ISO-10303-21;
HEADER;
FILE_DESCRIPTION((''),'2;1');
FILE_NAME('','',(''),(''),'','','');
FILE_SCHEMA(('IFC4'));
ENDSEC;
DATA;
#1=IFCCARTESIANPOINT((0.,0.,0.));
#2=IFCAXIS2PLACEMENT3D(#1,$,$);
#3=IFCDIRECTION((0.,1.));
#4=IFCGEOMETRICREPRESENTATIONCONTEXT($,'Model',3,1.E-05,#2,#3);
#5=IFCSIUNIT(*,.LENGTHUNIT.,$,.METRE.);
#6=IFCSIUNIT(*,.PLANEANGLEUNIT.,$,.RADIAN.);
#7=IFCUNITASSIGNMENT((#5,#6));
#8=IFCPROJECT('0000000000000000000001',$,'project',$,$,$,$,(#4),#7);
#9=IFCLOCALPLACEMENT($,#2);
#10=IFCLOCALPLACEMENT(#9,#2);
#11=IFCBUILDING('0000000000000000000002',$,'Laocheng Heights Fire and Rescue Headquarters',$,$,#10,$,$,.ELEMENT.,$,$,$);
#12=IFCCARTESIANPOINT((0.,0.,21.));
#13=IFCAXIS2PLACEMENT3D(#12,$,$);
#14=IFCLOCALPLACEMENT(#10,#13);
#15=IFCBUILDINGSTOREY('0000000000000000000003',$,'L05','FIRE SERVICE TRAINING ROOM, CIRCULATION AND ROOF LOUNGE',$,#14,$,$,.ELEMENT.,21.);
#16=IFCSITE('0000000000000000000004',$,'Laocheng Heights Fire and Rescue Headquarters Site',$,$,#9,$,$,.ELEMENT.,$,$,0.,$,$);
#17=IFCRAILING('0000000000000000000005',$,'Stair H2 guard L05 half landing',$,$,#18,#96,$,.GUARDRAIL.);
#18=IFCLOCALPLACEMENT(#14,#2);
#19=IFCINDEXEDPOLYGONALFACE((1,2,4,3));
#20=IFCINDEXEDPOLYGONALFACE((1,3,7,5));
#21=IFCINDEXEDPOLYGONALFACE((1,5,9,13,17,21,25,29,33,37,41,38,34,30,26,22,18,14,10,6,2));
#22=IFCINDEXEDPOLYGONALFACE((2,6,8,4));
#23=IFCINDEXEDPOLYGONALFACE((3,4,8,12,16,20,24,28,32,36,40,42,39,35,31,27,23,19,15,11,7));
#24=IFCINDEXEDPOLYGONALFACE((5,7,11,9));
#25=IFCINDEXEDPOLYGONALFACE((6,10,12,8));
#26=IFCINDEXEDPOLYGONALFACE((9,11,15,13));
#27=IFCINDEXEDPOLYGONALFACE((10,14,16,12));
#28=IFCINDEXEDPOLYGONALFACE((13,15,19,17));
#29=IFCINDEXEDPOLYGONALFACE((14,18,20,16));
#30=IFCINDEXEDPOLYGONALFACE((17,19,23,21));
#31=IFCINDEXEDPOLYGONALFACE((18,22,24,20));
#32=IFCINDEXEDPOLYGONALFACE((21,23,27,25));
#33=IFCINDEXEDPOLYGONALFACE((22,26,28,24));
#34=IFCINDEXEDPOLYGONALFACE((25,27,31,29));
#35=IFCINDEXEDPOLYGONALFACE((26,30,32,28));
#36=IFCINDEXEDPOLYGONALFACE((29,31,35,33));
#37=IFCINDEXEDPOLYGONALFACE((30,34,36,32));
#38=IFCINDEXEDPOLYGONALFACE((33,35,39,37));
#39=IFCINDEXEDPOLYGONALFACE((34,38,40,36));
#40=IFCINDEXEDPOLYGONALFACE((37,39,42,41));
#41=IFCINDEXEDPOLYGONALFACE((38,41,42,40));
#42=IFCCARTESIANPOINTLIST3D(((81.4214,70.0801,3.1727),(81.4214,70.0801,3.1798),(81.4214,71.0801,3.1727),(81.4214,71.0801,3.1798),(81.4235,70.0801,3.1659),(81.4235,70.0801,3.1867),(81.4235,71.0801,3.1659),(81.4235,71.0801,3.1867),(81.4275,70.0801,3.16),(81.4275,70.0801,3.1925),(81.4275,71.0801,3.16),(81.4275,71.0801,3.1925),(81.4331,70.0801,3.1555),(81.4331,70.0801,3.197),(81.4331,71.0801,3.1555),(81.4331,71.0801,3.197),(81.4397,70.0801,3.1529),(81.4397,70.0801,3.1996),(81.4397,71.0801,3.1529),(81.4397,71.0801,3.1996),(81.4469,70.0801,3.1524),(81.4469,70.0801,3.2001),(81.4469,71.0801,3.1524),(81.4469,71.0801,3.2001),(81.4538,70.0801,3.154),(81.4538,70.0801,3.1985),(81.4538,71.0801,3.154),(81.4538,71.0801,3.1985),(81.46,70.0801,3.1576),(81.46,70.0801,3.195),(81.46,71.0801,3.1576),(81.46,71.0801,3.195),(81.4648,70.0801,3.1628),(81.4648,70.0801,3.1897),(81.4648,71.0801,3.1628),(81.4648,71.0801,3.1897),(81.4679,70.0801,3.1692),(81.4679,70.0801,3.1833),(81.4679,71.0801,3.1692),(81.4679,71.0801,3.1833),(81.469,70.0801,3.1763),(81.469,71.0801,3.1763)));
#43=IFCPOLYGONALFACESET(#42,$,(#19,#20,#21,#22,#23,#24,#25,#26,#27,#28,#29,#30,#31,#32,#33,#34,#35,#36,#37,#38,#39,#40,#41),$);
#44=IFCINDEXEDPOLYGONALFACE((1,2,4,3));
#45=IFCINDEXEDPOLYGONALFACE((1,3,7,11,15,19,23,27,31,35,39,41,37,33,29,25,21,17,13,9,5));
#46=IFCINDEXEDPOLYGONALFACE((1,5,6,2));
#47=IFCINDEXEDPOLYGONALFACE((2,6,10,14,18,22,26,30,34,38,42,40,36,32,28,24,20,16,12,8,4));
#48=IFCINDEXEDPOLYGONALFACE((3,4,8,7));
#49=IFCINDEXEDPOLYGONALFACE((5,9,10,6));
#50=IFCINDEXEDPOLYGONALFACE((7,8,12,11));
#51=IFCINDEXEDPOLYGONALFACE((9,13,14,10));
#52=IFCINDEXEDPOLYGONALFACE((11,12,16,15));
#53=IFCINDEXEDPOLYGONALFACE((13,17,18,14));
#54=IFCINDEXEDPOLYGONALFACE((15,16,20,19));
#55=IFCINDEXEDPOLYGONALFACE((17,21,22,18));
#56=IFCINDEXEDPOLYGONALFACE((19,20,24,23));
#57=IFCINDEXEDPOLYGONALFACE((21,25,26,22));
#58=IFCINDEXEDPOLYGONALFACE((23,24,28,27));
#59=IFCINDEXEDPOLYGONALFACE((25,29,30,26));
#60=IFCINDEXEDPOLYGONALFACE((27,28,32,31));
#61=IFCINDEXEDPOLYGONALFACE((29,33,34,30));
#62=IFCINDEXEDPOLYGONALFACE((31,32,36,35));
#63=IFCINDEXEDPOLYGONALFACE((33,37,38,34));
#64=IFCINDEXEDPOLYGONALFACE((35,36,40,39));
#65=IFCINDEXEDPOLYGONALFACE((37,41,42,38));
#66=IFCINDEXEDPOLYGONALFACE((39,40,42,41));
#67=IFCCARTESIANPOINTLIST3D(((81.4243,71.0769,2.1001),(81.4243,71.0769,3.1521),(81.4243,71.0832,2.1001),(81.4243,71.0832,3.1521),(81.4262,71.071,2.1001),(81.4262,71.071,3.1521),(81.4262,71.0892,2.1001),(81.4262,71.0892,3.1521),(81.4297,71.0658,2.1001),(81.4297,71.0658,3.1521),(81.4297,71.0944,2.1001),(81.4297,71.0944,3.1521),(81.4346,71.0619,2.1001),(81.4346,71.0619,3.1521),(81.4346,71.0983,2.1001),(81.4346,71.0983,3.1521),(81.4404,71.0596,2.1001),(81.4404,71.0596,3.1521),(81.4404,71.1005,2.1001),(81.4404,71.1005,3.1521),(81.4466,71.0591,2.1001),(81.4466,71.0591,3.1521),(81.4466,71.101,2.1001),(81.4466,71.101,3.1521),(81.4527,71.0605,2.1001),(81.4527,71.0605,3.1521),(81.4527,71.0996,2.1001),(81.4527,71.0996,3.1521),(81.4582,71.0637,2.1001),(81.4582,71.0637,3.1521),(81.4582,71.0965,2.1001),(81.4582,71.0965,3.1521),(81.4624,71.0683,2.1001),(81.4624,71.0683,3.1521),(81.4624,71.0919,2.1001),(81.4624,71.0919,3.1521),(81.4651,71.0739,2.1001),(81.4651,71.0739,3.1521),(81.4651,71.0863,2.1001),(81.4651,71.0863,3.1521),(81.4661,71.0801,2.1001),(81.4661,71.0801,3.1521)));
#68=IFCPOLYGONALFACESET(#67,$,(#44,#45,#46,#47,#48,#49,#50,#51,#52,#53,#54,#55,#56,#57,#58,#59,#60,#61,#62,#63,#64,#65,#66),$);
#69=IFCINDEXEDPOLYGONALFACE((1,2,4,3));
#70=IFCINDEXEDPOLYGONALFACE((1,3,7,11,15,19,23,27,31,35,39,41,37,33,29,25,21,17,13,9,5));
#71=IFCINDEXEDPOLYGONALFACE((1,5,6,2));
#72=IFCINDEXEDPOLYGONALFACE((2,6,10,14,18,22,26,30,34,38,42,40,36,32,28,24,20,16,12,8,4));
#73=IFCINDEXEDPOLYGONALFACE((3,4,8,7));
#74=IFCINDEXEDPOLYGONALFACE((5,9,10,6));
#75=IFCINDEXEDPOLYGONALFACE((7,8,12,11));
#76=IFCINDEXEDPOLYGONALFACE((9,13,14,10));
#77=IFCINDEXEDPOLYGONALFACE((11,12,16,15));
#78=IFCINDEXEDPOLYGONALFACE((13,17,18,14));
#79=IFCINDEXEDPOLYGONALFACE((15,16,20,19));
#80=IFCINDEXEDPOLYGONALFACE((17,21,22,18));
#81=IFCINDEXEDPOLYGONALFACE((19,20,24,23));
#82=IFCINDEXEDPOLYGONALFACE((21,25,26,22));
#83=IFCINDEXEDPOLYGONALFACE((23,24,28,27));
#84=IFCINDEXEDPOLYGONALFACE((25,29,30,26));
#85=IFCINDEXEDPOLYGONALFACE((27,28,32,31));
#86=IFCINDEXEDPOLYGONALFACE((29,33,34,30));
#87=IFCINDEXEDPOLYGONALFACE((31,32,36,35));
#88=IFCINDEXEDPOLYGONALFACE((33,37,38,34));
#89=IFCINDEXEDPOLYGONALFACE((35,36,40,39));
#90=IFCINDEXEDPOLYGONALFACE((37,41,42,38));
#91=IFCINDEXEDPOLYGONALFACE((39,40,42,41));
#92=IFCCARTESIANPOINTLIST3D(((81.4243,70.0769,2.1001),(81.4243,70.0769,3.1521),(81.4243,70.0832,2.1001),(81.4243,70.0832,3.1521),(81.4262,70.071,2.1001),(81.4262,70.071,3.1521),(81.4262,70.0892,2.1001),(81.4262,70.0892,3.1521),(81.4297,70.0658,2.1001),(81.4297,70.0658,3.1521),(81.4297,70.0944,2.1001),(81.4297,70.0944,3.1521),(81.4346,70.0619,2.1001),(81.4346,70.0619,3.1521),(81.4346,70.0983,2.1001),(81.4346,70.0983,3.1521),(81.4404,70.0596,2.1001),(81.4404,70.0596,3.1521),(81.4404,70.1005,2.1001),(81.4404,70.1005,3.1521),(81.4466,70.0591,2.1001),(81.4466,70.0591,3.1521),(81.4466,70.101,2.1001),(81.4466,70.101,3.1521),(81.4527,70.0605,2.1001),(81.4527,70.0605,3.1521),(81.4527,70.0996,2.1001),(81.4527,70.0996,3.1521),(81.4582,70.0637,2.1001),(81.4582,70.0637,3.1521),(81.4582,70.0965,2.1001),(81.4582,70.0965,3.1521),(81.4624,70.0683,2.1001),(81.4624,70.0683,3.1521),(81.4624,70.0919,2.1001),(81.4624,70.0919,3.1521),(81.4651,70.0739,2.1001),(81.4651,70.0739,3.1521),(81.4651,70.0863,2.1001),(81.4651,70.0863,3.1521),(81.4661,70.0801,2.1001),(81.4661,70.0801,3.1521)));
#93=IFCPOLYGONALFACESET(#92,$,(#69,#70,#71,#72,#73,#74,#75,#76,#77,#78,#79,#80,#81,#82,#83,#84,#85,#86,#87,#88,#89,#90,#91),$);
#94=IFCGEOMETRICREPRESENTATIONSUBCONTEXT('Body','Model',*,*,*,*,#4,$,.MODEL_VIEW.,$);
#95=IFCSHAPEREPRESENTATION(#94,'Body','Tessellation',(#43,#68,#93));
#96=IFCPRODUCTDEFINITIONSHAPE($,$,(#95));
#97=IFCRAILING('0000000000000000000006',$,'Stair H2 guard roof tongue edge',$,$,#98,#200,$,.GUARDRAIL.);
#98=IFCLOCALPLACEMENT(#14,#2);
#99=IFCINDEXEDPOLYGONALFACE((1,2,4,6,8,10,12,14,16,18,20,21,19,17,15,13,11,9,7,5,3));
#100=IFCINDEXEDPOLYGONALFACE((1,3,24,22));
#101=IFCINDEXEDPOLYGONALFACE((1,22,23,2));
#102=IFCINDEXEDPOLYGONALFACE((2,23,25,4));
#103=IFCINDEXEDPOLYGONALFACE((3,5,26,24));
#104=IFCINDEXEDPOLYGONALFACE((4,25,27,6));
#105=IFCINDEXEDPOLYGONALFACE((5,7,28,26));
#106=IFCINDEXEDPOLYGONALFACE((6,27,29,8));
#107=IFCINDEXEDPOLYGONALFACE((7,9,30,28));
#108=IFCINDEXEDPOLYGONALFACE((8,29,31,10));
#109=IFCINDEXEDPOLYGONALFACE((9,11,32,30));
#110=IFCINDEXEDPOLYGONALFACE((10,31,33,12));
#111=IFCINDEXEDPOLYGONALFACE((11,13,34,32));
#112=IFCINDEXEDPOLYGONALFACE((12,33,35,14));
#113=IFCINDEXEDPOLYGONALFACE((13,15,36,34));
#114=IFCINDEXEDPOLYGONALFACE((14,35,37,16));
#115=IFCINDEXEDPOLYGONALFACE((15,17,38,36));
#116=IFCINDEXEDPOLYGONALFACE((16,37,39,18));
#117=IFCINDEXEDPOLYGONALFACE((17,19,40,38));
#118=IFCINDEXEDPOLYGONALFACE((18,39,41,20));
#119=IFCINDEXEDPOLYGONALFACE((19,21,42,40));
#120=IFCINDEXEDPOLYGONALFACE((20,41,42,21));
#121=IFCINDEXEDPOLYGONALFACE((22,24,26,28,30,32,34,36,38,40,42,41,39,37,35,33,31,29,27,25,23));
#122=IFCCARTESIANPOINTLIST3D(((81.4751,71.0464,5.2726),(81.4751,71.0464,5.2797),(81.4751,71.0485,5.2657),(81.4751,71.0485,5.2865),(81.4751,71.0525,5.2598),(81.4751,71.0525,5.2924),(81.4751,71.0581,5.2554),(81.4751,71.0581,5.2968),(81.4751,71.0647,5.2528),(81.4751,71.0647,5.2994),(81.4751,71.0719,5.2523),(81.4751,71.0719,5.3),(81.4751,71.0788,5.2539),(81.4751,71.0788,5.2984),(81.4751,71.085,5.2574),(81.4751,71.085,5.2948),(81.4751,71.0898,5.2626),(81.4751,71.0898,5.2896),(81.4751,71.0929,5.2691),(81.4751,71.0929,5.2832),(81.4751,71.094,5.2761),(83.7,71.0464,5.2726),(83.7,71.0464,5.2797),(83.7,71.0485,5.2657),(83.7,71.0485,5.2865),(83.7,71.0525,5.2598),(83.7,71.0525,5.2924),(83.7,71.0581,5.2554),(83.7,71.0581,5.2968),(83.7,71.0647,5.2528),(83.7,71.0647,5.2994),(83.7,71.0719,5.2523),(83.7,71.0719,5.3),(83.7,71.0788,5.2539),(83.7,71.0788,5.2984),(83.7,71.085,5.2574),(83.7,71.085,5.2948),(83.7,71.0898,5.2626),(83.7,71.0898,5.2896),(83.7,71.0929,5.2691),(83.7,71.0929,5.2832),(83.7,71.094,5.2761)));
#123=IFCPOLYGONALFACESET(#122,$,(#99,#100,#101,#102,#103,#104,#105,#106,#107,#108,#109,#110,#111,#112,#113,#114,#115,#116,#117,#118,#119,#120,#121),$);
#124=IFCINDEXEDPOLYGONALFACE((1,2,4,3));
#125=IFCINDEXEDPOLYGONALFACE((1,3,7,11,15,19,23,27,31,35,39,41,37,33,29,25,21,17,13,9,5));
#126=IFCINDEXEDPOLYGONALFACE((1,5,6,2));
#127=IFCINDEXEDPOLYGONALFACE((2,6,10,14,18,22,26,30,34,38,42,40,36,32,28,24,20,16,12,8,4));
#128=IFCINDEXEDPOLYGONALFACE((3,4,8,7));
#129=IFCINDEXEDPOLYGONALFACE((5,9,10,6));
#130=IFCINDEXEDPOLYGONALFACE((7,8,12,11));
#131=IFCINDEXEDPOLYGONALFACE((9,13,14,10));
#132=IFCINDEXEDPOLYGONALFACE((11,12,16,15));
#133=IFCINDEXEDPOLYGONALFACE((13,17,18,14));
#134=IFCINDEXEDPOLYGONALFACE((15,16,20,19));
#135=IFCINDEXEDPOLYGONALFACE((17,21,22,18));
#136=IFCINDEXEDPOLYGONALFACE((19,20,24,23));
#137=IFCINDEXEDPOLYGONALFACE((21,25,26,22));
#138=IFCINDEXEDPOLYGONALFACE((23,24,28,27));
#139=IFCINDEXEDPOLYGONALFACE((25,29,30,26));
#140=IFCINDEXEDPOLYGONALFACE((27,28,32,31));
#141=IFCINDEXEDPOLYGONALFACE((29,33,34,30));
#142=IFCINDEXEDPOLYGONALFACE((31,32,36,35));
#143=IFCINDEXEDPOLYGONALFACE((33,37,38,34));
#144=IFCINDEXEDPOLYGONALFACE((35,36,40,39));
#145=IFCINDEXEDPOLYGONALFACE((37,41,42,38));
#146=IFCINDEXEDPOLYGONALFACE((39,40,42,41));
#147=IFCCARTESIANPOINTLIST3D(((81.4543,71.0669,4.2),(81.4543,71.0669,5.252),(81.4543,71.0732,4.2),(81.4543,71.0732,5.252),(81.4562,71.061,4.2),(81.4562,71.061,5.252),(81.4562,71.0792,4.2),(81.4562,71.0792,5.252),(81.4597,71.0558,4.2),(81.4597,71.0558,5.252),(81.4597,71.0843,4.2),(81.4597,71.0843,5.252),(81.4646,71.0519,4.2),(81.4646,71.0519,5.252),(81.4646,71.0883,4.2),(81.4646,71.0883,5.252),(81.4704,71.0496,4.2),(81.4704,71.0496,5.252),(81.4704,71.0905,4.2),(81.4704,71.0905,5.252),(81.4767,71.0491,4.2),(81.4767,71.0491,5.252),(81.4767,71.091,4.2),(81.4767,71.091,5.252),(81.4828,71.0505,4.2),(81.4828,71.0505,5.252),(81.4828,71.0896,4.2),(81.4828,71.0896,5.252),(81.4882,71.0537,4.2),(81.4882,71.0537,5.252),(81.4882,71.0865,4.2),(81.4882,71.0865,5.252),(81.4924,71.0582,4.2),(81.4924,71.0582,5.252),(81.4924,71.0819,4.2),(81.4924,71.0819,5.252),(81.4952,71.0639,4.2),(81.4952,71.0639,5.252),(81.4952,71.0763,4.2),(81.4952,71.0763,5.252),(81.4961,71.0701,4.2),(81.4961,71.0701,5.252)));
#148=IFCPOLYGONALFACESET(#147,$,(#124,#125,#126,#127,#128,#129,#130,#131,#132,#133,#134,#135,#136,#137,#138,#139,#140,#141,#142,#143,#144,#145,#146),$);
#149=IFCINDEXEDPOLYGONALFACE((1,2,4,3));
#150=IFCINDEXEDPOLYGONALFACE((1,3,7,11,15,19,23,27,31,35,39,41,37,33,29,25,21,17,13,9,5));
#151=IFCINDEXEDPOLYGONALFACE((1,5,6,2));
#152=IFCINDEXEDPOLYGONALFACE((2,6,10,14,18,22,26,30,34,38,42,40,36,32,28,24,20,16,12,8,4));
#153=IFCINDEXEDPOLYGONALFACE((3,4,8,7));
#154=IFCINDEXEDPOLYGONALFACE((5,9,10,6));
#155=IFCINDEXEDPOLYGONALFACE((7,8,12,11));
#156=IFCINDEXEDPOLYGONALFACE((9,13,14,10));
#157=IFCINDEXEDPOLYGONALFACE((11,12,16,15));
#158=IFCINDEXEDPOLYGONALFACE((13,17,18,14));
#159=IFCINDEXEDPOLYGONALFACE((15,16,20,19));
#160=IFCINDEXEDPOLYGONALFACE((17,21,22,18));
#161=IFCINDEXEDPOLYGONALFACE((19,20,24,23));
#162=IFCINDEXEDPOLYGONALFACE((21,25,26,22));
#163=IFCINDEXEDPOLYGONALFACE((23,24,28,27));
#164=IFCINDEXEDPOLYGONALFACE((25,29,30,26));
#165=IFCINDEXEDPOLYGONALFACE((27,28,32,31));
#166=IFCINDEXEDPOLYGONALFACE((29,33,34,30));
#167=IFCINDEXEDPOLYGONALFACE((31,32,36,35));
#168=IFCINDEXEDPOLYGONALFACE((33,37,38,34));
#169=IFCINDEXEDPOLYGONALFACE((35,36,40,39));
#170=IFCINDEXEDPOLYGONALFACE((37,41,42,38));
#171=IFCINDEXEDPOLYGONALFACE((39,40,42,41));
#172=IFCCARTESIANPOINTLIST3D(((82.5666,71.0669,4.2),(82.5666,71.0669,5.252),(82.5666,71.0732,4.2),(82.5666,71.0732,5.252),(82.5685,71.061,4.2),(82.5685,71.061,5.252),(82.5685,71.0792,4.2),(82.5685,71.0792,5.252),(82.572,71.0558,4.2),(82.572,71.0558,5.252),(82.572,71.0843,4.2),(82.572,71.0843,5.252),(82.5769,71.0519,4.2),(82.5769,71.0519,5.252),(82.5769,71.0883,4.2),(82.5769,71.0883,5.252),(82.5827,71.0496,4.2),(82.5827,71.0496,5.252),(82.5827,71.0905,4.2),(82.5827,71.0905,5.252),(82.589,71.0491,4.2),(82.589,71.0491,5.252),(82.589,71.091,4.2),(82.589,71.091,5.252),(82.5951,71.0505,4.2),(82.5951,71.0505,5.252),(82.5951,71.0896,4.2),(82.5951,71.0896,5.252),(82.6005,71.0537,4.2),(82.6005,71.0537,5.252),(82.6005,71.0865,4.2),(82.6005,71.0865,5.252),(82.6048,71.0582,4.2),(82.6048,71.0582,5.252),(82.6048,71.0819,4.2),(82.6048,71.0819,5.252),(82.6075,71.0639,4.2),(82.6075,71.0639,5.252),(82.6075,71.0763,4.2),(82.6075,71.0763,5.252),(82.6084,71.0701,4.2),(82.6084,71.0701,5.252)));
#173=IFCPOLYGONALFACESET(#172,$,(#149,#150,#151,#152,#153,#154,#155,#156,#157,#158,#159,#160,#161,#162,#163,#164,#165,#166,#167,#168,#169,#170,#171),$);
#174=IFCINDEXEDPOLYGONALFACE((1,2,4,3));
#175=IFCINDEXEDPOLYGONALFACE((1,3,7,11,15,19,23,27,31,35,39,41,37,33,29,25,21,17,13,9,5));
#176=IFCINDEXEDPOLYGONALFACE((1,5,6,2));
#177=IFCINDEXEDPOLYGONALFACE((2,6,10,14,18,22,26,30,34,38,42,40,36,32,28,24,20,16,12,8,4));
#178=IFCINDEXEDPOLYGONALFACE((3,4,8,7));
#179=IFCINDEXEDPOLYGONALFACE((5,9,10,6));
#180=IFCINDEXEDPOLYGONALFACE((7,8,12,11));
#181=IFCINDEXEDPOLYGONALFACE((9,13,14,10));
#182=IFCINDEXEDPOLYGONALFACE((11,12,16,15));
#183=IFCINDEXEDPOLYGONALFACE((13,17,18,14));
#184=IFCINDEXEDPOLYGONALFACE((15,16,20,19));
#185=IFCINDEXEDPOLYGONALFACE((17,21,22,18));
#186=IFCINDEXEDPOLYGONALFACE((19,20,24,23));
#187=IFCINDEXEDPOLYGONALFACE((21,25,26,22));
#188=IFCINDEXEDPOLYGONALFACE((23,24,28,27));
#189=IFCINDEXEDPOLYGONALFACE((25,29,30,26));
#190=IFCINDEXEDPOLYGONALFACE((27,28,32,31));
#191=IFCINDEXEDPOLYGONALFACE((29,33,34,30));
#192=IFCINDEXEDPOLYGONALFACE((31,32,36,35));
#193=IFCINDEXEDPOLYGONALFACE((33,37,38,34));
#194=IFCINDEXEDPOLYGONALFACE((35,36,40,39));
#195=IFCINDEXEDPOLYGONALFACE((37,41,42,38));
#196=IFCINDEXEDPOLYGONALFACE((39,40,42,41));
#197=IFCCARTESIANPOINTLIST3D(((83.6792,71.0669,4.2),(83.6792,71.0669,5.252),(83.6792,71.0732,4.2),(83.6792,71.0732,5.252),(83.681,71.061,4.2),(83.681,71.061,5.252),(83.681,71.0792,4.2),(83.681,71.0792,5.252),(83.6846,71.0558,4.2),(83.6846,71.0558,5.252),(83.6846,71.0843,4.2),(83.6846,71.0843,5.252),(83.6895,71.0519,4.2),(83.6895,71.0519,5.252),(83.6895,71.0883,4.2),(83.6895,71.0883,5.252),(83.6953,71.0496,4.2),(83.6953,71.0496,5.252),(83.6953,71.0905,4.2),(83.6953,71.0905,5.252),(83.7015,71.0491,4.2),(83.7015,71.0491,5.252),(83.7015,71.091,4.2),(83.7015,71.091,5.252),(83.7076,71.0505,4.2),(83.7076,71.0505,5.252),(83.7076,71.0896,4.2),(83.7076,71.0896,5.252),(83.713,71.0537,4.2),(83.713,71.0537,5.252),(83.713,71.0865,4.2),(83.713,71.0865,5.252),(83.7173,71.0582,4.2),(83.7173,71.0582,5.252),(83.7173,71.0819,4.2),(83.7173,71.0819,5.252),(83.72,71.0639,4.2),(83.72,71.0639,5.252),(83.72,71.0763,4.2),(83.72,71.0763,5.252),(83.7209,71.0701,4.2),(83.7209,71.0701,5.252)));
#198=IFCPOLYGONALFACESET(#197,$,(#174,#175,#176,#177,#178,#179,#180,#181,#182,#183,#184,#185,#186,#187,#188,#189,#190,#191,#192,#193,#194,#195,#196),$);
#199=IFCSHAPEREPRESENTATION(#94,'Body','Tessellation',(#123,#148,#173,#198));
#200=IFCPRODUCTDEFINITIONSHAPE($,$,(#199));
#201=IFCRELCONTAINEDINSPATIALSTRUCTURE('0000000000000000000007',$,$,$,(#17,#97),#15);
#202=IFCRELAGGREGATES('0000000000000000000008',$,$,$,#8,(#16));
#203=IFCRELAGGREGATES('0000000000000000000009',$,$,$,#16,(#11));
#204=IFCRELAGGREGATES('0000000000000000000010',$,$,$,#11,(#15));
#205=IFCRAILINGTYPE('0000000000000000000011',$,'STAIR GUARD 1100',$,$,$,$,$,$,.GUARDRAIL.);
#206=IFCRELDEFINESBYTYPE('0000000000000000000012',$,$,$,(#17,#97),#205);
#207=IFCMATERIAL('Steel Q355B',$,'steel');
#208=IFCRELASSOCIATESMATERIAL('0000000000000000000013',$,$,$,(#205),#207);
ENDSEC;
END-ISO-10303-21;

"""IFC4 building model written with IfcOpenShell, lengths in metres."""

from ifc_helpers import new_model, si_unit, direction, frame, origin, origin_2d, place, context, subcontext, project, spatial, circle, extrude, material, type_object, element, save


model = new_model("IFC4")

# Units and contexts
model_context = context("Model", 3, precision=1e-05, world=origin(), true_north=direction((0.0, 1.0)))
body_context = subcontext(model_context, "Body", "Model", "MODEL_VIEW")
ifc_project = project(units=[si_unit("LENGTHUNIT", "METRE"), si_unit("PLANEANGLEUNIT", "RADIAN")], contexts=[model_context])

# Site, building, storey
site_placement = place(None, origin())
site = spatial("IfcSite", under=ifc_project, at=site_placement, Name="Laocheng Heights Fire and Rescue Headquarters Site", CompositionType="ELEMENT", RefElevation=0.0)
building_placement = place(site_placement, origin())
building = spatial("IfcBuilding", under=site, at=building_placement, Name="Laocheng Heights Fire and Rescue Headquarters", CompositionType="ELEMENT")
storey_placement = place(building_placement, frame((0.0, 0.0, 21.0)))
storey = spatial("IfcBuildingStorey", under=building, at=storey_placement, Name="L05", Description="FIRE SERVICE TRAINING ROOM, CIRCULATION AND ROOF LOUNGE", CompositionType="ELEMENT", Elevation=21.0)

# Railings
ifc_material_1 = material(Name="Steel Q355B", Category="steel")
railing_type_1 = type_object("IfcRailingType", Name="STAIR GUARD 1100", PredefinedType="GUARDRAIL", material=ifc_material_1)
railing_1_placement = place(storey_placement, frame((81.4451, 71.0801, 2.1001)))
element("IfcRailing", 1, at=railing_1_placement, inside=storey, type_object=railing_type_1, Name="Stair H2 guard L05 half landing", PredefinedType="GUARDRAIL", context=body_context, shape_type="SweptSolid", body=[
    extrude(circle(Radius=0.0239, at=origin_2d()), frame((0.0, 0.0, 1.0762), z_axis=(0.0, -1.0, 0.0), x_axis=(1.0, 0.0, 0.0)), (0.0, 0.0, 1.0), 1.0),
    extrude(circle(Radius=0.021, at=origin_2d()), origin(), (0.0, 0.0, 1.0), 1.052),
    extrude(circle(Radius=0.021, at=origin_2d()), frame((0.0, -1.0, 0.0)), (0.0, 0.0, 1.0), 1.052),
])
railing_2_placement = place(storey_placement, frame((81.4751, 71.0701, 4.2)))
element("IfcRailing", 2, at=railing_2_placement, inside=storey, type_object=railing_type_1, Name="Stair H2 guard roof tongue edge", PredefinedType="GUARDRAIL", context=body_context, shape_type="SweptSolid", body=[
    extrude(circle(Radius=0.0239, at=origin_2d()), frame((0.0, 0.0, 1.0762), z_axis=(1.0, 0.0, 0.0), x_axis=(0.0, 1.0, 0.0)), (0.0, 0.0, 1.0), 2.2249),
    extrude(circle(Radius=0.021, at=origin_2d()), origin(), (0.0, 0.0, 1.0), 1.052),
    extrude(circle(Radius=0.021, at=origin_2d()), frame((1.1123, 0.0, 0.0)), (0.0, 0.0, 1.0), 1.052),
    extrude(circle(Radius=0.021, at=origin_2d()), frame((2.2249, 0.0, 0.0)), (0.0, 0.0, 1.0), 1.052),
])

save(model, "model.ifc")
